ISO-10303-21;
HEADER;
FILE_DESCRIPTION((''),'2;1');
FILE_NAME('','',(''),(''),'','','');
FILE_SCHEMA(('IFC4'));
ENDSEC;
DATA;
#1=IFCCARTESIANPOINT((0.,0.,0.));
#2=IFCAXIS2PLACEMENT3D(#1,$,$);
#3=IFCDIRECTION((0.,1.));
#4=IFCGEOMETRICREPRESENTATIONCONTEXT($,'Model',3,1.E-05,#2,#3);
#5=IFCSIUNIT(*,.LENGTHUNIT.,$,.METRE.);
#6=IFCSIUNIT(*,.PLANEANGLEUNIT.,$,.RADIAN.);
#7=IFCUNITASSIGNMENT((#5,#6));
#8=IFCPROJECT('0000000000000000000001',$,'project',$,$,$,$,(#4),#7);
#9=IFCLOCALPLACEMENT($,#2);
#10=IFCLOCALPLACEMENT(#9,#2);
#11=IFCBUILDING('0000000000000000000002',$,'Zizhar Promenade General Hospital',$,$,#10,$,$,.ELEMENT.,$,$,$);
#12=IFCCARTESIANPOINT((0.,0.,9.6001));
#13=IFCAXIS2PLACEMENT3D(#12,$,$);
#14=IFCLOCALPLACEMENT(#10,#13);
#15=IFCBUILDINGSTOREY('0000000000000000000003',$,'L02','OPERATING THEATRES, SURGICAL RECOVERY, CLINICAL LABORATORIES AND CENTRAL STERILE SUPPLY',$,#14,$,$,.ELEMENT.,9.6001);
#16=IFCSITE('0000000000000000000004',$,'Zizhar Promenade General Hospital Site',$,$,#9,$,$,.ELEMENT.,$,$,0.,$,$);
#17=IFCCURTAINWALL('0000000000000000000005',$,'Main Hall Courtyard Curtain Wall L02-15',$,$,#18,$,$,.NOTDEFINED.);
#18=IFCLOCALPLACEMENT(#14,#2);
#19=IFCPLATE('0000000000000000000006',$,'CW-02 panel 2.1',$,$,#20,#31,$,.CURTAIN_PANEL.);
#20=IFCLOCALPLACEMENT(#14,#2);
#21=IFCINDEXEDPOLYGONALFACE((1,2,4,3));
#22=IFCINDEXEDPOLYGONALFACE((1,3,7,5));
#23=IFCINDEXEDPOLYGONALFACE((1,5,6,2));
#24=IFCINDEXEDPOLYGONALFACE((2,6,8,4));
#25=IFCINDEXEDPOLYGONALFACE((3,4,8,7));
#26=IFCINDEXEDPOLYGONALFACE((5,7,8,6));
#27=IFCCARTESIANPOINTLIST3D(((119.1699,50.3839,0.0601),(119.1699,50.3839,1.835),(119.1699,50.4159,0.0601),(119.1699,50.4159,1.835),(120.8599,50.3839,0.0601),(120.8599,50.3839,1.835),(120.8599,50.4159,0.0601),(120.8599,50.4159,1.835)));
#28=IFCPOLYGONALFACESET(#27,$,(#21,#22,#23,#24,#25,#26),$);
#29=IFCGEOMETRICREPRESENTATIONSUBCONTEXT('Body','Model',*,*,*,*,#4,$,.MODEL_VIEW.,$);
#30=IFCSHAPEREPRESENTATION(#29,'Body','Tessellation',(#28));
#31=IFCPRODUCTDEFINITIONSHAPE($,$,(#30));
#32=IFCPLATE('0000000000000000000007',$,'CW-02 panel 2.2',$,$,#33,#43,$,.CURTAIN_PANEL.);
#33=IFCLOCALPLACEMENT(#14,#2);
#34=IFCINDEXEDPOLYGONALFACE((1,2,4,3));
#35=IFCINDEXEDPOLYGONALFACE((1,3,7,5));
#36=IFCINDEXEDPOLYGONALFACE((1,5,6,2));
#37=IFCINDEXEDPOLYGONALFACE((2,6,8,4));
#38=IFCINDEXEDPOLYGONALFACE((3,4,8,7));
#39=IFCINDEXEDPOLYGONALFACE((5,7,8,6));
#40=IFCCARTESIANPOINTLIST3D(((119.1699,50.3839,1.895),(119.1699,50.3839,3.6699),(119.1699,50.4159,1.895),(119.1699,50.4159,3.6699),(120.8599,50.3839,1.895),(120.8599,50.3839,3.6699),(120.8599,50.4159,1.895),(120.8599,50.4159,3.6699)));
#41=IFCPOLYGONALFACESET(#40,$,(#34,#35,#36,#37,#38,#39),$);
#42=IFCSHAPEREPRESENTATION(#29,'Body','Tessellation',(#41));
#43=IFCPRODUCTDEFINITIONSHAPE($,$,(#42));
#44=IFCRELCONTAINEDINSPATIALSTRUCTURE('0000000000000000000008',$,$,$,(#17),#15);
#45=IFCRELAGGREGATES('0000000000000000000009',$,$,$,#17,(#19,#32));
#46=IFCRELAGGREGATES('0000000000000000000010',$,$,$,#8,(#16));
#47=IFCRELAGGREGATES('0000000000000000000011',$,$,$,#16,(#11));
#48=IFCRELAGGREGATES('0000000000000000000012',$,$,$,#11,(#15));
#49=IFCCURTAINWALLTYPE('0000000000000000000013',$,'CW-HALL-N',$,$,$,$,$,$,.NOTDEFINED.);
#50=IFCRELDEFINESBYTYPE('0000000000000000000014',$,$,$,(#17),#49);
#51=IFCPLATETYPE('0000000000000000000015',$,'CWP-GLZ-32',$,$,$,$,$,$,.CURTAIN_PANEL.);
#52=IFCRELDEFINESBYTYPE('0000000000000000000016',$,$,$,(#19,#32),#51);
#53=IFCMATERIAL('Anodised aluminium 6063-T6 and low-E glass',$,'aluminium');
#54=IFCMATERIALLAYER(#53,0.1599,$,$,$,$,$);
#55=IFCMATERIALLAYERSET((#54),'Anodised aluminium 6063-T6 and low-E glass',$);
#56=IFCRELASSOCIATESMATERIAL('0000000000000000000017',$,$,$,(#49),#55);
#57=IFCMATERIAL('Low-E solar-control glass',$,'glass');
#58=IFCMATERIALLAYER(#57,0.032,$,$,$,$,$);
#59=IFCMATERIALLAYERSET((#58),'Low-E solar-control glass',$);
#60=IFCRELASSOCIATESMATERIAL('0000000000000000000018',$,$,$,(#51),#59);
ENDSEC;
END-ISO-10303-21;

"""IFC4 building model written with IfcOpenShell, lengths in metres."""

from ifc_helpers import new_model, si_unit, direction, frame, origin, origin_2d, place, context, subcontext, project, spatial, rectangle, extrude, material, layer, layer_set, type_object, element, aggregate, save


model = new_model("IFC4")

# Units and contexts
model_context = context("Model", 3, precision=1e-05, world=origin(), true_north=direction((0.0, 1.0)))
body_context = subcontext(model_context, "Body", "Model", "MODEL_VIEW")
ifc_project = project(units=[si_unit("LENGTHUNIT", "METRE"), si_unit("PLANEANGLEUNIT", "RADIAN")], contexts=[model_context])

# Site, building, storey
site_placement = place(None, origin())
site = spatial("IfcSite", under=ifc_project, at=site_placement, Name="Zizhar Promenade General Hospital Site", CompositionType="ELEMENT", RefElevation=0.0)
building_placement = place(site_placement, origin())
building = spatial("IfcBuilding", under=site, at=building_placement, Name="Zizhar Promenade General Hospital", CompositionType="ELEMENT")
storey_placement = place(building_placement, frame((0.0, 0.0, 9.6001)))
storey = spatial("IfcBuildingStorey", under=building, at=storey_placement, Name="L02", Description="OPERATING THEATRES, SURGICAL RECOVERY, CLINICAL LABORATORIES AND CENTRAL STERILE SUPPLY", CompositionType="ELEMENT", Elevation=9.6001)

# Curtain wall
ifc_material_1 = material(Name="Anodised aluminium 6063-T6 and low-E glass", Category="aluminium")
ifc_layer_1 = layer(ifc_material_1, 0.1599)
ifc_layer_set_1 = layer_set([ifc_layer_1], Name="Anodised aluminium 6063-T6 and low-E glass")
curtain_wall_type = type_object("IfcCurtainWallType", Name="CW-HALL-N", PredefinedType="NOTDEFINED", material=ifc_layer_set_1)
curtain_wall_1_placement = place(storey_placement, origin())
curtain_wall_1 = element("IfcCurtainWall", 1, at=curtain_wall_1_placement, inside=storey, type_object=curtain_wall_type, Name="Main Hall Courtyard Curtain Wall L02-15", PredefinedType="NOTDEFINED")

# Plates
ifc_material_2 = material(Name="Low-E solar-control glass", Category="glass")
ifc_layer_2 = layer(ifc_material_2, 0.032)
ifc_layer_set_2 = layer_set([ifc_layer_2], Name="Low-E solar-control glass")
plate_type = type_object("IfcPlateType", Name="CWP-GLZ-32", PredefinedType="CURTAIN_PANEL", material=ifc_layer_set_2)
plate_1_placement = place(storey_placement, frame((120.0149, 50.3999, 0.0601), z_axis=(0.0, 0.0, 1.0), x_axis=(1.0, 0.0, 0.0)))
plate_1 = element("IfcPlate", 2, at=plate_1_placement, type_object=plate_type, Name="CW-02 panel 2.1", PredefinedType="CURTAIN_PANEL", context=body_context, shape_type="SweptSolid", body=[
    extrude(rectangle(XDim=1.6899, YDim=0.032, at=origin_2d()), origin(), (0.0, 0.0, 1.0), 1.7749),
])
plate_2_placement = place(storey_placement, frame((120.0149, 50.3999, 1.895), z_axis=(0.0, 0.0, 1.0), x_axis=(1.0, 0.0, 0.0)))
plate_2 = element("IfcPlate", 3, at=plate_2_placement, type_object=plate_type, Name="CW-02 panel 2.2", PredefinedType="CURTAIN_PANEL", context=body_context, shape_type="SweptSolid", body=[
    extrude(rectangle(XDim=1.6899, YDim=0.032, at=origin_2d()), origin(), (0.0, 0.0, 1.0), 1.7749),
])
aggregate(curtain_wall_1, [plate_1, plate_2])

save(model, "model.ifc")
